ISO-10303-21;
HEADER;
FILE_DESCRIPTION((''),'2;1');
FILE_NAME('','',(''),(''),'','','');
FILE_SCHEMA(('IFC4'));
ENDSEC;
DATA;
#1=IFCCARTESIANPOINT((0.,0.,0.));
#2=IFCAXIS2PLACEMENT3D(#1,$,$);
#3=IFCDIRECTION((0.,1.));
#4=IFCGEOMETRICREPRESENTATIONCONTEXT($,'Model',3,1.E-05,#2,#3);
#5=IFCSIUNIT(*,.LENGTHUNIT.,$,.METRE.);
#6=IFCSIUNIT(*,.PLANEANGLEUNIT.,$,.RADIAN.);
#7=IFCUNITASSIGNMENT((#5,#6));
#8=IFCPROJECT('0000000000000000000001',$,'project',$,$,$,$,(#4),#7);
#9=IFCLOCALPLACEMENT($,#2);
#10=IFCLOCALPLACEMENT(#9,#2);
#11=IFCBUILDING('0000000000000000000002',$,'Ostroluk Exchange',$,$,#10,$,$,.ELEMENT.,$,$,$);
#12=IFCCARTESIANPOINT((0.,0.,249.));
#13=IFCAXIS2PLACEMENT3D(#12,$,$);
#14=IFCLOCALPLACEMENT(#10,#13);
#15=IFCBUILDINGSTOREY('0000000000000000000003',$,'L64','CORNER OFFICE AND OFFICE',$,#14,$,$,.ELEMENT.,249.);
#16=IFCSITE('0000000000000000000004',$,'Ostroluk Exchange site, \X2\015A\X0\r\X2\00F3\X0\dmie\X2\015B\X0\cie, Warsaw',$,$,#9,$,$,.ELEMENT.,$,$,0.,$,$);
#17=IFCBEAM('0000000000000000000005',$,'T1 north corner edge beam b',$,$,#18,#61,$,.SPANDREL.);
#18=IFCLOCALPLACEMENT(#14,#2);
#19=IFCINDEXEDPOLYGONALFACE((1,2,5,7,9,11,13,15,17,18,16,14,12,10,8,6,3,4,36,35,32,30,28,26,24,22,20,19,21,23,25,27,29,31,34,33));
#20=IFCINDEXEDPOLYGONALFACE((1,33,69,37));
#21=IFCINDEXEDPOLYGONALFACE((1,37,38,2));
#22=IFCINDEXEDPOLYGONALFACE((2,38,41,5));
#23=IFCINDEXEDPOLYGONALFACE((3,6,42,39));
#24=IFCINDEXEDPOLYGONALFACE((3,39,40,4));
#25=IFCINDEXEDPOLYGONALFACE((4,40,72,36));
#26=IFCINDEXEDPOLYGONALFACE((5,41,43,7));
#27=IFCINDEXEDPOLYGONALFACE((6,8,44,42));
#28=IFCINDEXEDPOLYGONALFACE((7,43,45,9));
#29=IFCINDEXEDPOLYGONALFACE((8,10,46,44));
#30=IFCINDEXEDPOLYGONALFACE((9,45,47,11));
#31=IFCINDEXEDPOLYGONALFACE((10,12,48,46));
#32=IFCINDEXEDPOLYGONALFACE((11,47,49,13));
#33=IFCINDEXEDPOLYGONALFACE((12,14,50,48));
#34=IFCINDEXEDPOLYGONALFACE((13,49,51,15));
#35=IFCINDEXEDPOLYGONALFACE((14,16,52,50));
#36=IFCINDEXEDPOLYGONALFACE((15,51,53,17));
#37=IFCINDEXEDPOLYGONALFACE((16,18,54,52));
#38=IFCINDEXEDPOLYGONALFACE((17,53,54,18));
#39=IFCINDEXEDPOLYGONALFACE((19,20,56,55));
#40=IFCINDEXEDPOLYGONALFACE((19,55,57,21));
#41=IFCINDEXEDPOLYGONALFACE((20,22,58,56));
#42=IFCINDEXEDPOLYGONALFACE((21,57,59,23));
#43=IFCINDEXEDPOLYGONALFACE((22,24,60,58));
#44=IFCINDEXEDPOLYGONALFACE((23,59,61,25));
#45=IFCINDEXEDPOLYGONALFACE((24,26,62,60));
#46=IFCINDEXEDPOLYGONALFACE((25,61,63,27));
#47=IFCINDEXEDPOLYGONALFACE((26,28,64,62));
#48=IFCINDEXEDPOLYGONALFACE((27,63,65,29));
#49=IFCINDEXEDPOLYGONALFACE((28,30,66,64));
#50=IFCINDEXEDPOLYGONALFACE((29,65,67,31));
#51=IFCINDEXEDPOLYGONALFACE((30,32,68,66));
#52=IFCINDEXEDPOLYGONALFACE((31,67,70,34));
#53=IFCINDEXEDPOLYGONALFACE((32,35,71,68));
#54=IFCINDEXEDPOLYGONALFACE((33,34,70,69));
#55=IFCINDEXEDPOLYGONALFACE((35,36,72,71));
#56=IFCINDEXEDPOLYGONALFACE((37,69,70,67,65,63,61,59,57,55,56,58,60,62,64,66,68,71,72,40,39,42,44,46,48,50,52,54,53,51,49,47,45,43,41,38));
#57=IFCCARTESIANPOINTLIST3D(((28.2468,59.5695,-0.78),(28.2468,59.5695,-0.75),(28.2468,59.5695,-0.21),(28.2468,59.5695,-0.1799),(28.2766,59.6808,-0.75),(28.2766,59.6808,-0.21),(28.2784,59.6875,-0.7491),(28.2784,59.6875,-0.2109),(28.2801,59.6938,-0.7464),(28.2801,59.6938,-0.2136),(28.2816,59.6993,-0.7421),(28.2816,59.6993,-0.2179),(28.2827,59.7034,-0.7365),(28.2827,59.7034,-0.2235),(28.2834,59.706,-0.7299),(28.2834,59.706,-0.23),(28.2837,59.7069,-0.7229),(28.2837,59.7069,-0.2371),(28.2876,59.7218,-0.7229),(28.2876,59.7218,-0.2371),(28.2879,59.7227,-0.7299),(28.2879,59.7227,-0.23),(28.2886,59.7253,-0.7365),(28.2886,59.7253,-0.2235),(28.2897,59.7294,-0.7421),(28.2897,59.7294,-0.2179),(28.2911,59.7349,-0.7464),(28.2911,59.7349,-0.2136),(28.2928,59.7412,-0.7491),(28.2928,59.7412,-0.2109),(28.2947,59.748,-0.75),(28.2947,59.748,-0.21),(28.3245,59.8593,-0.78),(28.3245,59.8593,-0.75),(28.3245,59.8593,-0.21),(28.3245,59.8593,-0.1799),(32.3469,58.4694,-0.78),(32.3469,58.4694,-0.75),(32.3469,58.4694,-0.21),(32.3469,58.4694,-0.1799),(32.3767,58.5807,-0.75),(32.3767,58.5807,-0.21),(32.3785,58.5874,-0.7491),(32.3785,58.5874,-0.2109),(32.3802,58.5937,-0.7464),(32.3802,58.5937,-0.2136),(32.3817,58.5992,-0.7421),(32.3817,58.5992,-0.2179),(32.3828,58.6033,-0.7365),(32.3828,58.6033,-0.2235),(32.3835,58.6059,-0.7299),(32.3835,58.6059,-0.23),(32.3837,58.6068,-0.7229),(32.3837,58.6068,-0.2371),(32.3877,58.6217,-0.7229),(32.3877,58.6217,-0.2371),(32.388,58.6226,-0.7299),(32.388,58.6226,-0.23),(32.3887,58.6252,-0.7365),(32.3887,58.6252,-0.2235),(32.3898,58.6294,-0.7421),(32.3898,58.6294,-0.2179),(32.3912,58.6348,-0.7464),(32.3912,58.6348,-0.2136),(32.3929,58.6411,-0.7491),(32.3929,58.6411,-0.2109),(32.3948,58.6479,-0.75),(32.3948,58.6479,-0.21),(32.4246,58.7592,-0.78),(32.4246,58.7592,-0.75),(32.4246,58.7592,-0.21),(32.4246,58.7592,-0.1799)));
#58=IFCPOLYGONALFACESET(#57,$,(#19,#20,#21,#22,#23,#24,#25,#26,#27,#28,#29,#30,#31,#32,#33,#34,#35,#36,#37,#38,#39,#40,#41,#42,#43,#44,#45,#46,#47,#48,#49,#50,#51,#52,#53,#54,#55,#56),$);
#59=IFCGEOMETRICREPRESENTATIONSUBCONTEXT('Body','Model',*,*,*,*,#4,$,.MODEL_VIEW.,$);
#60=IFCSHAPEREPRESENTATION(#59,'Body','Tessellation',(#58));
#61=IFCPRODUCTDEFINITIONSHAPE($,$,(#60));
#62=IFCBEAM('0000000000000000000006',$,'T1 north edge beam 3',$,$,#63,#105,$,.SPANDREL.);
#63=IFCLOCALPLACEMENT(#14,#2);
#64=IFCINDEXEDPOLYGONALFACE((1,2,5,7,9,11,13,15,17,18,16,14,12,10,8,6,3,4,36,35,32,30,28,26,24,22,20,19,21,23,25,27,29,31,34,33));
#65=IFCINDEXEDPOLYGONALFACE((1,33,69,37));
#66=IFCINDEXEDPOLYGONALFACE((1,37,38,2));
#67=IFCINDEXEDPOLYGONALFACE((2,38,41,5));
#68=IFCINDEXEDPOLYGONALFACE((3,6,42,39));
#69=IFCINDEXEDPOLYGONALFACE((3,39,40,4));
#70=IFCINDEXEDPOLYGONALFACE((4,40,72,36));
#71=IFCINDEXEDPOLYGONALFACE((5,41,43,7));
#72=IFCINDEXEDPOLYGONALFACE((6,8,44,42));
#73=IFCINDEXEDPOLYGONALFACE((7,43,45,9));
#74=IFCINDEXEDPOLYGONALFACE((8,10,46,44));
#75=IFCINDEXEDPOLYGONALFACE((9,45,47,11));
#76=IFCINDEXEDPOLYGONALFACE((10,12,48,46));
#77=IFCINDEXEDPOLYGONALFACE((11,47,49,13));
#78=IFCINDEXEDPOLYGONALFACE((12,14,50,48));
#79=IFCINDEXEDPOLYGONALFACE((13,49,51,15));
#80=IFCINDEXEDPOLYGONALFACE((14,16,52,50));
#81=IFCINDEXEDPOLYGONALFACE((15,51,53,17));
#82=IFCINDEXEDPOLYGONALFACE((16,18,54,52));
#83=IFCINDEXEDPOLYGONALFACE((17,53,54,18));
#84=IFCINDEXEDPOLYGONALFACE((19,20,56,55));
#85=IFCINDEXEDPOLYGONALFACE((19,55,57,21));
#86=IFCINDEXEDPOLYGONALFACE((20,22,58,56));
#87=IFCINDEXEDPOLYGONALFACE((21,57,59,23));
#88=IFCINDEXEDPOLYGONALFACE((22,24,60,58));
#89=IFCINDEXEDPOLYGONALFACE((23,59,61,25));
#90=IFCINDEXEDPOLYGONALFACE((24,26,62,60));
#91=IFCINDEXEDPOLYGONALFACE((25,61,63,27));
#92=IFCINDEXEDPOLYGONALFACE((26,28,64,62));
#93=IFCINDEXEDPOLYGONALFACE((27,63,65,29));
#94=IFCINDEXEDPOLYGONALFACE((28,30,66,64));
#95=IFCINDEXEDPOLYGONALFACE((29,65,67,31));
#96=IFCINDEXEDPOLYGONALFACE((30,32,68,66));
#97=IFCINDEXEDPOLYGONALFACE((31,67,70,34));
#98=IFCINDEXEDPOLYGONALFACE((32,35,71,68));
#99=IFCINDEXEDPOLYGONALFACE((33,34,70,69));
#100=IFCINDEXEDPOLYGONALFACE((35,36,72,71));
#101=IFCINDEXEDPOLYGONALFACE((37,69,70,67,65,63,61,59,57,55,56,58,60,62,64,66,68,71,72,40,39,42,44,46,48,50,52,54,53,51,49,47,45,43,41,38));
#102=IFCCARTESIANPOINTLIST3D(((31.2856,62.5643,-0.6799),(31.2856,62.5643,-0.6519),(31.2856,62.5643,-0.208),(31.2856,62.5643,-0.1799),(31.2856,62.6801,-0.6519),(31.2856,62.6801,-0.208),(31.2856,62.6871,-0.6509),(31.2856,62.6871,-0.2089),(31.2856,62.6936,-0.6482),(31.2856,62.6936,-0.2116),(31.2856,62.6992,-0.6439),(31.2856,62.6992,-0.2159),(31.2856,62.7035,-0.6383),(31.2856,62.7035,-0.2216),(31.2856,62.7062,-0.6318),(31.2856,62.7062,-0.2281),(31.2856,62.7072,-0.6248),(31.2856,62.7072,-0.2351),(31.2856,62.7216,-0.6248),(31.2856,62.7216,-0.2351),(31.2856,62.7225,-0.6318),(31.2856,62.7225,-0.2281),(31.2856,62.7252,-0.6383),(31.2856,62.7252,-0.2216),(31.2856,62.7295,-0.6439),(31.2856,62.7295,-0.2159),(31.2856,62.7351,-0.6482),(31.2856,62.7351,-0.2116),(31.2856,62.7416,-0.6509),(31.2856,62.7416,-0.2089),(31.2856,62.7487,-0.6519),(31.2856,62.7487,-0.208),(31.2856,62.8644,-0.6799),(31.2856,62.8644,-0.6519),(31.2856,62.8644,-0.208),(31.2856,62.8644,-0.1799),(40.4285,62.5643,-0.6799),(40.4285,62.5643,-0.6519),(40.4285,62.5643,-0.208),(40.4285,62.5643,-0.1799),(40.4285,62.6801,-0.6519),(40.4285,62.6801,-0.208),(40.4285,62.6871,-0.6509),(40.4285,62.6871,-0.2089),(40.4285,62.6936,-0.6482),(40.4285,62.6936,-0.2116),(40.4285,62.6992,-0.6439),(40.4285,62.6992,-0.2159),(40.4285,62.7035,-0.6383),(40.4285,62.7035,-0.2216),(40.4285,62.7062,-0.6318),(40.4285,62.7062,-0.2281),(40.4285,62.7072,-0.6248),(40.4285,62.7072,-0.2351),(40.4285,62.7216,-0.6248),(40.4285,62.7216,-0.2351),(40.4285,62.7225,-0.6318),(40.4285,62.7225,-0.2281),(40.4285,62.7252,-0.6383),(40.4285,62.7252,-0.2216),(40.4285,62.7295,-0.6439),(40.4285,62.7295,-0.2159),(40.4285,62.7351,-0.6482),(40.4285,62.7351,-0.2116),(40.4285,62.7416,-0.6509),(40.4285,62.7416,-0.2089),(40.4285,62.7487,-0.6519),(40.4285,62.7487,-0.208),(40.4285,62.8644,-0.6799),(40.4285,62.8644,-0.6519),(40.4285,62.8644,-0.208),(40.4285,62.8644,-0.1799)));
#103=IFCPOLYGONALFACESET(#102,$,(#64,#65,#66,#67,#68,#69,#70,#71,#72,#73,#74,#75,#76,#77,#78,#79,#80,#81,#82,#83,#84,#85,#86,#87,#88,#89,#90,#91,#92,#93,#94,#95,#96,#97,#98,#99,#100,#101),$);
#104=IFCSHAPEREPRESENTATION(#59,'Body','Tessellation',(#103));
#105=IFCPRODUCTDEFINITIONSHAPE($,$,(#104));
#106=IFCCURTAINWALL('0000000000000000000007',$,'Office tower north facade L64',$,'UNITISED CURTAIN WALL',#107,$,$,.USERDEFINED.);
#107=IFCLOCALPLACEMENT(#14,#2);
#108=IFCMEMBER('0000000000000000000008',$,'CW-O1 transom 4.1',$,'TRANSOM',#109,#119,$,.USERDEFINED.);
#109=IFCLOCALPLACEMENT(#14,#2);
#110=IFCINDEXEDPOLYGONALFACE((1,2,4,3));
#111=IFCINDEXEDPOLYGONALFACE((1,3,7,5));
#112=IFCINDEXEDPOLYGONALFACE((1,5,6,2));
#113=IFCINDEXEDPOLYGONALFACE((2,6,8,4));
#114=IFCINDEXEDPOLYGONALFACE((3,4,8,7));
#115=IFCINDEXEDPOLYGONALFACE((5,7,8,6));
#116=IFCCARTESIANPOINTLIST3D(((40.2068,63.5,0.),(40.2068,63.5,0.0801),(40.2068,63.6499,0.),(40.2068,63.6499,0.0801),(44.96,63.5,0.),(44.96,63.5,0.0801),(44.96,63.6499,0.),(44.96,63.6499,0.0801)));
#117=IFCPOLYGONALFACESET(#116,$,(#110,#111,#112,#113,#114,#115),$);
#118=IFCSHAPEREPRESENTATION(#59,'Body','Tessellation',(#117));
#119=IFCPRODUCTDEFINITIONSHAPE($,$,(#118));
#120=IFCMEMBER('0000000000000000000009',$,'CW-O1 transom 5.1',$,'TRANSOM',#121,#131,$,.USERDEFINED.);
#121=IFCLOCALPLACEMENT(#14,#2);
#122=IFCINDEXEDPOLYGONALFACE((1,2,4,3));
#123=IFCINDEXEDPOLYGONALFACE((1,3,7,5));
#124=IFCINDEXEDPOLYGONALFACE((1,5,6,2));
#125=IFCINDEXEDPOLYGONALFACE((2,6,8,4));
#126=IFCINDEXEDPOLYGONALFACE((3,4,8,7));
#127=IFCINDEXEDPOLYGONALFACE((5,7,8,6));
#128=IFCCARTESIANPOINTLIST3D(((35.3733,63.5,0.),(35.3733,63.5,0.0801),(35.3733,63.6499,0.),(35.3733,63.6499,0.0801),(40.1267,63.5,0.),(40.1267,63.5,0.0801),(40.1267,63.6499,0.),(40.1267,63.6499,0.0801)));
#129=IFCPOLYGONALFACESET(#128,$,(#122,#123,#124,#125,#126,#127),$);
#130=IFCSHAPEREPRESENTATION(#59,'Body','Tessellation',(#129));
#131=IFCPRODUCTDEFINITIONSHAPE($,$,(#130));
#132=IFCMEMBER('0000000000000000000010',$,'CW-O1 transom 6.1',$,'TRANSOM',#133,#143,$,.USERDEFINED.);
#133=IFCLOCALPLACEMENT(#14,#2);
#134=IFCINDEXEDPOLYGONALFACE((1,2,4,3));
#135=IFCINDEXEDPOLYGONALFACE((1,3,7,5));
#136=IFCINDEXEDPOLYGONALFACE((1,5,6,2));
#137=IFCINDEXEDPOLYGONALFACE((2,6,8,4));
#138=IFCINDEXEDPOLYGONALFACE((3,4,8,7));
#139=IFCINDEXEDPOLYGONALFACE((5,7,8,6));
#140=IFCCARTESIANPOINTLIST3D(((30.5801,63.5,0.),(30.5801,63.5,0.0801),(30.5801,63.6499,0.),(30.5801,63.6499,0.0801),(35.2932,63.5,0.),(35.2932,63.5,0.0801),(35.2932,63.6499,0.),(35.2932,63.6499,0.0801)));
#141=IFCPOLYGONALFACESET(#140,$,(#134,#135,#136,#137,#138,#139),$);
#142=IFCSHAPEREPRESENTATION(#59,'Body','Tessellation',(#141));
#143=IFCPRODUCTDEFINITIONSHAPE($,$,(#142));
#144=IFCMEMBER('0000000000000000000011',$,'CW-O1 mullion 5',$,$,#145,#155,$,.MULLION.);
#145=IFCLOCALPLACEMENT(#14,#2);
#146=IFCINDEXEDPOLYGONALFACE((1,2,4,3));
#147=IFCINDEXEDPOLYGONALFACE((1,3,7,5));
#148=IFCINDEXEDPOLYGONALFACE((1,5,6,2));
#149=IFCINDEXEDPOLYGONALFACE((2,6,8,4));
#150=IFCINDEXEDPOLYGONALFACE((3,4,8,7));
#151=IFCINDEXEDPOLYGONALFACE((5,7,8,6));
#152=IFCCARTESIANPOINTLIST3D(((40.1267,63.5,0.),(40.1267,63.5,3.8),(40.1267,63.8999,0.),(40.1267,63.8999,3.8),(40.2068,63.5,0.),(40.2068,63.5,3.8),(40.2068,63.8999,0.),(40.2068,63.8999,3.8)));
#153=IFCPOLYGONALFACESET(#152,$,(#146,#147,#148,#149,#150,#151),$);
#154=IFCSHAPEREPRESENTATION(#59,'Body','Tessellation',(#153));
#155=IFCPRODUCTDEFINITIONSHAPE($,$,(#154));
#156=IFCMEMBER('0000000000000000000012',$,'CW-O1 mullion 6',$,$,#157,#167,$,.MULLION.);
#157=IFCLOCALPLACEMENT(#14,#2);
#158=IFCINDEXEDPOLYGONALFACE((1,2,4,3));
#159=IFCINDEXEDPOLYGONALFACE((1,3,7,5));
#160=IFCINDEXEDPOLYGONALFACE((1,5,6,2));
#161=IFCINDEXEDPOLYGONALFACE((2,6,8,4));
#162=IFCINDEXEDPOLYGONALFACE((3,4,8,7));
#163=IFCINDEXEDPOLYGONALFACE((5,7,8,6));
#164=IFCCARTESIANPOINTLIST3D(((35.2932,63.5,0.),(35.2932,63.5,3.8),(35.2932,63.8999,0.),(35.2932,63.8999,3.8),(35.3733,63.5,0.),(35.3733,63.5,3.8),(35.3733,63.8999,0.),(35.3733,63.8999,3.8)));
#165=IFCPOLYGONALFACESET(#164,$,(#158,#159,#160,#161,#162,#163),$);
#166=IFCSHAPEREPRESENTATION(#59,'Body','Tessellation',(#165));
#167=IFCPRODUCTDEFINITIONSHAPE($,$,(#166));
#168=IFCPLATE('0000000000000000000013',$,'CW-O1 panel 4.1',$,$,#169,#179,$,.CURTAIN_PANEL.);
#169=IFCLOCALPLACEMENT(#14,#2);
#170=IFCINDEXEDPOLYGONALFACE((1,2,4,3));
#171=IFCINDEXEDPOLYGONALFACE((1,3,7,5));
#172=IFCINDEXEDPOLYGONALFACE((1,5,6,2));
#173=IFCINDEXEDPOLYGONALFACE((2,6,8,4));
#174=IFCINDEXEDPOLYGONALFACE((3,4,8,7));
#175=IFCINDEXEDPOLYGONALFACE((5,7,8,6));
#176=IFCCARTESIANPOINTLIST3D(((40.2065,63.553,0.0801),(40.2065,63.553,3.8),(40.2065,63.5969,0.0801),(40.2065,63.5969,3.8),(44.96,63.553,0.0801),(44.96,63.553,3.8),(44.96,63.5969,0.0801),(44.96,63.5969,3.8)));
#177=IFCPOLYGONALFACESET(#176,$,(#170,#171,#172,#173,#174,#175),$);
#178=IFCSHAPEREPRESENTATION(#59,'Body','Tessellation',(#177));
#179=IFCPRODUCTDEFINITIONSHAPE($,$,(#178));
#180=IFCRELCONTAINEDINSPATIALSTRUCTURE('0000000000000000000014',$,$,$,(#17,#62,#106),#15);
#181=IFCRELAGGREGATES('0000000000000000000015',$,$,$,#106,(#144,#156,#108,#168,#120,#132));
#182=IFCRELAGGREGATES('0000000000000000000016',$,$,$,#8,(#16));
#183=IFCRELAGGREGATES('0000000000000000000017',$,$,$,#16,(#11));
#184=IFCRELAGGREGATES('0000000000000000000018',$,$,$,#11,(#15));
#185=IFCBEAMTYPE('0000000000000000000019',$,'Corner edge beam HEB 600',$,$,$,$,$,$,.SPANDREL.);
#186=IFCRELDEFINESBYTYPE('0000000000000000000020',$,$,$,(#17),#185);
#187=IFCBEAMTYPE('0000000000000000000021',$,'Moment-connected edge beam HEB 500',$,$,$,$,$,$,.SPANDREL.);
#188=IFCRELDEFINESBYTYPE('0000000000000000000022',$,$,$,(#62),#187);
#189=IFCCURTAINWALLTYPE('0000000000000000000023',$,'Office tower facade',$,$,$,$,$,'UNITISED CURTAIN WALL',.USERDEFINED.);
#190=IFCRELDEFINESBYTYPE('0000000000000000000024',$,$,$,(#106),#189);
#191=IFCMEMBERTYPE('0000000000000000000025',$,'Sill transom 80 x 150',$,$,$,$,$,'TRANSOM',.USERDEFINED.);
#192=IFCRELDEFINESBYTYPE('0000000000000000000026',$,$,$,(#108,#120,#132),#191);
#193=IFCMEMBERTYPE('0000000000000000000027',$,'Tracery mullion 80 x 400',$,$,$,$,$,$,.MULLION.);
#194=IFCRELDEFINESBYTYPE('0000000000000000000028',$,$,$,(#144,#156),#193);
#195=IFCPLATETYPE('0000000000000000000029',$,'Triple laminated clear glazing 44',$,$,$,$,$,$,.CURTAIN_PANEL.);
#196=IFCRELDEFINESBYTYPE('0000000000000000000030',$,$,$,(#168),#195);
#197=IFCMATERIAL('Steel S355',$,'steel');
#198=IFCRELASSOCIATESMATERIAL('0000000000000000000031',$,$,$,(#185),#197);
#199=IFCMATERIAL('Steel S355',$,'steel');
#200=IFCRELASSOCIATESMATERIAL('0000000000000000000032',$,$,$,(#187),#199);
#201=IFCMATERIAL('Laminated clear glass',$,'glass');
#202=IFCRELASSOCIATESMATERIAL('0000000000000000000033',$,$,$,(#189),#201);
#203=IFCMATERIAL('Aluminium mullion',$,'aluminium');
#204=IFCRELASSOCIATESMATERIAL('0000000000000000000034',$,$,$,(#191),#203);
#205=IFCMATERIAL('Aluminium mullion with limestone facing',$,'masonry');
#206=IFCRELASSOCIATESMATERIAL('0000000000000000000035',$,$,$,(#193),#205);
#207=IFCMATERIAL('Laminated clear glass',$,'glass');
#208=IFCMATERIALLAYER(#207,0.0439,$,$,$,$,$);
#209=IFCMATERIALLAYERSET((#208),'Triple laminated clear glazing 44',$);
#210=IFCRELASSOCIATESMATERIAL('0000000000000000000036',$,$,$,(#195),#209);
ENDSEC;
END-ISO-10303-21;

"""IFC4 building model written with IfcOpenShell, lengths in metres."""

from ifc_helpers import new_model, si_unit, direction, frame, origin, origin_2d, place, context, subcontext, project, spatial, rectangle, i_section, extrude, material, layer, layer_set, material_profile, profile_set, type_object, element, aggregate, save


model = new_model("IFC4")

# Units and contexts
model_context = context("Model", 3, precision=1e-05, world=origin(), true_north=direction((0.0, 1.0)))
body_context = subcontext(model_context, "Body", "Model", "MODEL_VIEW")
ifc_project = project(units=[si_unit("LENGTHUNIT", "METRE"), si_unit("PLANEANGLEUNIT", "RADIAN")], contexts=[model_context])

# Site, building, storey
site_placement = place(None, origin())
site = spatial("IfcSite", under=ifc_project, at=site_placement, Name="Ostroluk Exchange site, Śródmieście, Warsaw", CompositionType="ELEMENT", RefElevation=0.0)
building_placement = place(site_placement, origin())
building = spatial("IfcBuilding", under=site, at=building_placement, Name="Ostroluk Exchange", CompositionType="ELEMENT")
storey_placement = place(building_placement, frame((0.0, 0.0, 249.0)))
storey = spatial("IfcBuildingStorey", under=building, at=storey_placement, Name="L64", Description="CORNER OFFICE AND OFFICE", CompositionType="ELEMENT", Elevation=249.0)

# Beams
ifc_material_1 = material(Name="Steel S355", Category="steel")
ifc_material_profile_1 = material_profile(ifc_material_1, i_section(OverallWidth=0.3, OverallDepth=0.6001, WebThickness=0.0154, FlangeThickness=0.03, FilletRadius=0.0271, at=origin_2d()), Name="HEB 600")
ifc_profile_set_1 = profile_set([ifc_material_profile_1], Name="Steel S355")
beam_type_1 = type_object("IfcBeamType", Name="Corner edge beam HEB 600", PredefinedType="SPANDREL", material=ifc_profile_set_1)
for number, where, z_axis, x_axis, name in (
    (1, (32.3857, 58.6143, -0.48), (-0.965839, 0.259144, 0.0), (-0.259144, -0.965839, 0.0), "T1 north corner edge beam b"),
):
    element("IfcBeam", number, at=place(storey_placement, frame(where, z_axis=z_axis, x_axis=x_axis)), inside=storey, type_object=beam_type_1, Name=name, PredefinedType="SPANDREL", context=body_context, shape_type="SweptSolid", body=[
        extrude(i_section(OverallWidth=0.3, OverallDepth=0.6001, WebThickness=0.0154, FlangeThickness=0.03, FilletRadius=0.0271, at=origin_2d()), origin(), (0.0, 0.0, 1.0), 4.2451),
    ])
ifc_material_2 = material(Name="Steel S355", Category="steel")
ifc_material_profile_2 = material_profile(ifc_material_2, i_section(OverallWidth=0.3, OverallDepth=0.5, WebThickness=0.0144, FlangeThickness=0.0281, FilletRadius=0.0271, at=origin_2d()), Name="HEB 500")
ifc_profile_set_2 = profile_set([ifc_material_profile_2], Name="Steel S355")
beam_type_2 = type_object("IfcBeamType", Name="Moment-connected edge beam HEB 500", PredefinedType="SPANDREL", material=ifc_profile_set_2)
beam_1_placement = place(storey_placement, frame((40.4285, 62.7144, -0.4299), z_axis=(-1.0, 0.0, 0.0), x_axis=(0.0, -1.0, 0.0)))
element("IfcBeam", 2, at=beam_1_placement, inside=storey, type_object=beam_type_2, Name="T1 north edge beam 3", PredefinedType="SPANDREL", context=body_context, shape_type="SweptSolid", body=[
    extrude(i_section(OverallWidth=0.3, OverallDepth=0.5, WebThickness=0.0144, FlangeThickness=0.0281, FilletRadius=0.0271, at=origin_2d()), origin(), (0.0, 0.0, 1.0), 9.1428),
])

# Curtain wall, members, plate
ifc_material_3 = material(Name="Laminated clear glass", Category="glass")
curtain_wall_type = type_object("IfcCurtainWallType", Name="Office tower facade", ElementType="UNITISED CURTAIN WALL", PredefinedType="USERDEFINED", material=ifc_material_3)
curtain_wall_placement = place(storey_placement, origin())
curtain_wall = element("IfcCurtainWall", 3, at=curtain_wall_placement, inside=storey, type_object=curtain_wall_type, Name="Office tower north facade L64", ObjectType="UNITISED CURTAIN WALL", PredefinedType="USERDEFINED")
ifc_material_4 = material(Name="Aluminium mullion", Category="aluminium")
ifc_material_profile_3 = material_profile(ifc_material_4, rectangle(XDim=0.1499, YDim=0.0801, at=origin_2d()), Name="Sill transom 80 x 150")
ifc_profile_set_3 = profile_set([ifc_material_profile_3], Name="Aluminium mullion")
member_type_1 = type_object("IfcMemberType", Name="Sill transom 80 x 150", ElementType="TRANSOM", PredefinedType="USERDEFINED", material=ifc_profile_set_3)
member_1_placement = place(storey_placement, frame((44.96, 63.575, 0.04), z_axis=(-1.0, 0.0, 0.0), x_axis=(0.0, -1.0, 0.0)))
member_1 = element("IfcMember", 4, at=member_1_placement, type_object=member_type_1, Name="CW-O1 transom 4.1", ObjectType="TRANSOM", PredefinedType="USERDEFINED", context=body_context, shape_type="SweptSolid", body=[
    extrude(rectangle(XDim=0.1499, YDim=0.0801, at=origin_2d()), origin(), (0.0, 0.0, 1.0), 4.7532),
])
member_2_placement = place(storey_placement, frame((40.1267, 63.575, 0.04), z_axis=(-1.0, 0.0, 0.0), x_axis=(0.0, -1.0, 0.0)))
member_2 = element("IfcMember", 5, at=member_2_placement, type_object=member_type_1, Name="CW-O1 transom 5.1", ObjectType="TRANSOM", PredefinedType="USERDEFINED", context=body_context, shape_type="SweptSolid", body=[
    extrude(rectangle(XDim=0.1499, YDim=0.0801, at=origin_2d()), origin(), (0.0, 0.0, 1.0), 4.7534),
])
member_3_placement = place(storey_placement, frame((35.2932, 63.575, 0.04), z_axis=(-1.0, 0.0, 0.0), x_axis=(0.0, -1.0, 0.0)))
member_3 = element("IfcMember", 6, at=member_3_placement, type_object=member_type_1, Name="CW-O1 transom 6.1", ObjectType="TRANSOM", PredefinedType="USERDEFINED", context=body_context, shape_type="SweptSolid", body=[
    extrude(rectangle(XDim=0.1499, YDim=0.0801, at=origin_2d()), origin(), (0.0, 0.0, 1.0), 4.7131),
])
ifc_material_5 = material(Name="Aluminium mullion with limestone facing", Category="masonry")
ifc_material_profile_4 = material_profile(ifc_material_5, rectangle(XDim=0.3999, YDim=0.0801, at=origin_2d()), Name="Tracery mullion 80 x 400")
ifc_profile_set_4 = profile_set([ifc_material_profile_4], Name="Aluminium mullion with limestone facing")
member_type_2 = type_object("IfcMemberType", Name="Tracery mullion 80 x 400", PredefinedType="MULLION", material=ifc_profile_set_4)
member_4_placement = place(storey_placement, frame((40.1667, 63.7, 0.0), z_axis=(0.0, 0.0, 1.0), x_axis=(0.0, -1.0, 0.0)))
member_4 = element("IfcMember", 7, at=member_4_placement, type_object=member_type_2, Name="CW-O1 mullion 5", PredefinedType="MULLION", context=body_context, shape_type="SweptSolid", body=[
    extrude(rectangle(XDim=0.3999, YDim=0.0801, at=origin_2d()), origin(), (0.0, 0.0, 1.0), 3.8),
])
member_5_placement = place(storey_placement, frame((35.3333, 63.7, 0.0), z_axis=(0.0, 0.0, 1.0), x_axis=(0.0, -1.0, 0.0)))
member_5 = element("IfcMember", 8, at=member_5_placement, type_object=member_type_2, Name="CW-O1 mullion 6", PredefinedType="MULLION", context=body_context, shape_type="SweptSolid", body=[
    extrude(rectangle(XDim=0.3999, YDim=0.0801, at=origin_2d()), origin(), (0.0, 0.0, 1.0), 3.8),
])
ifc_material_6 = material(Name="Laminated clear glass", Category="glass")
ifc_layer_1 = layer(ifc_material_6, 0.0439)
ifc_layer_set_1 = layer_set([ifc_layer_1], Name="Triple laminated clear glazing 44")
plate_type = type_object("IfcPlateType", Name="Triple laminated clear glazing 44", PredefinedType="CURTAIN_PANEL", material=ifc_layer_set_1)
plate_1_placement = place(storey_placement, frame((42.5833, 63.575, 0.0801), z_axis=(0.0, 0.0, 1.0), x_axis=(-1.0, 0.0, 0.0)))
plate_1 = element("IfcPlate", 9, at=plate_1_placement, type_object=plate_type, Name="CW-O1 panel 4.1", PredefinedType="CURTAIN_PANEL", context=body_context, shape_type="SweptSolid", body=[
    extrude(rectangle(XDim=4.7534, YDim=0.0439, at=origin_2d()), origin(), (0.0, 0.0, 1.0), 3.72),
])
aggregate(curtain_wall, [member_4, member_5, member_1, plate_1, member_2, member_3])

save(model, "model.ifc")
